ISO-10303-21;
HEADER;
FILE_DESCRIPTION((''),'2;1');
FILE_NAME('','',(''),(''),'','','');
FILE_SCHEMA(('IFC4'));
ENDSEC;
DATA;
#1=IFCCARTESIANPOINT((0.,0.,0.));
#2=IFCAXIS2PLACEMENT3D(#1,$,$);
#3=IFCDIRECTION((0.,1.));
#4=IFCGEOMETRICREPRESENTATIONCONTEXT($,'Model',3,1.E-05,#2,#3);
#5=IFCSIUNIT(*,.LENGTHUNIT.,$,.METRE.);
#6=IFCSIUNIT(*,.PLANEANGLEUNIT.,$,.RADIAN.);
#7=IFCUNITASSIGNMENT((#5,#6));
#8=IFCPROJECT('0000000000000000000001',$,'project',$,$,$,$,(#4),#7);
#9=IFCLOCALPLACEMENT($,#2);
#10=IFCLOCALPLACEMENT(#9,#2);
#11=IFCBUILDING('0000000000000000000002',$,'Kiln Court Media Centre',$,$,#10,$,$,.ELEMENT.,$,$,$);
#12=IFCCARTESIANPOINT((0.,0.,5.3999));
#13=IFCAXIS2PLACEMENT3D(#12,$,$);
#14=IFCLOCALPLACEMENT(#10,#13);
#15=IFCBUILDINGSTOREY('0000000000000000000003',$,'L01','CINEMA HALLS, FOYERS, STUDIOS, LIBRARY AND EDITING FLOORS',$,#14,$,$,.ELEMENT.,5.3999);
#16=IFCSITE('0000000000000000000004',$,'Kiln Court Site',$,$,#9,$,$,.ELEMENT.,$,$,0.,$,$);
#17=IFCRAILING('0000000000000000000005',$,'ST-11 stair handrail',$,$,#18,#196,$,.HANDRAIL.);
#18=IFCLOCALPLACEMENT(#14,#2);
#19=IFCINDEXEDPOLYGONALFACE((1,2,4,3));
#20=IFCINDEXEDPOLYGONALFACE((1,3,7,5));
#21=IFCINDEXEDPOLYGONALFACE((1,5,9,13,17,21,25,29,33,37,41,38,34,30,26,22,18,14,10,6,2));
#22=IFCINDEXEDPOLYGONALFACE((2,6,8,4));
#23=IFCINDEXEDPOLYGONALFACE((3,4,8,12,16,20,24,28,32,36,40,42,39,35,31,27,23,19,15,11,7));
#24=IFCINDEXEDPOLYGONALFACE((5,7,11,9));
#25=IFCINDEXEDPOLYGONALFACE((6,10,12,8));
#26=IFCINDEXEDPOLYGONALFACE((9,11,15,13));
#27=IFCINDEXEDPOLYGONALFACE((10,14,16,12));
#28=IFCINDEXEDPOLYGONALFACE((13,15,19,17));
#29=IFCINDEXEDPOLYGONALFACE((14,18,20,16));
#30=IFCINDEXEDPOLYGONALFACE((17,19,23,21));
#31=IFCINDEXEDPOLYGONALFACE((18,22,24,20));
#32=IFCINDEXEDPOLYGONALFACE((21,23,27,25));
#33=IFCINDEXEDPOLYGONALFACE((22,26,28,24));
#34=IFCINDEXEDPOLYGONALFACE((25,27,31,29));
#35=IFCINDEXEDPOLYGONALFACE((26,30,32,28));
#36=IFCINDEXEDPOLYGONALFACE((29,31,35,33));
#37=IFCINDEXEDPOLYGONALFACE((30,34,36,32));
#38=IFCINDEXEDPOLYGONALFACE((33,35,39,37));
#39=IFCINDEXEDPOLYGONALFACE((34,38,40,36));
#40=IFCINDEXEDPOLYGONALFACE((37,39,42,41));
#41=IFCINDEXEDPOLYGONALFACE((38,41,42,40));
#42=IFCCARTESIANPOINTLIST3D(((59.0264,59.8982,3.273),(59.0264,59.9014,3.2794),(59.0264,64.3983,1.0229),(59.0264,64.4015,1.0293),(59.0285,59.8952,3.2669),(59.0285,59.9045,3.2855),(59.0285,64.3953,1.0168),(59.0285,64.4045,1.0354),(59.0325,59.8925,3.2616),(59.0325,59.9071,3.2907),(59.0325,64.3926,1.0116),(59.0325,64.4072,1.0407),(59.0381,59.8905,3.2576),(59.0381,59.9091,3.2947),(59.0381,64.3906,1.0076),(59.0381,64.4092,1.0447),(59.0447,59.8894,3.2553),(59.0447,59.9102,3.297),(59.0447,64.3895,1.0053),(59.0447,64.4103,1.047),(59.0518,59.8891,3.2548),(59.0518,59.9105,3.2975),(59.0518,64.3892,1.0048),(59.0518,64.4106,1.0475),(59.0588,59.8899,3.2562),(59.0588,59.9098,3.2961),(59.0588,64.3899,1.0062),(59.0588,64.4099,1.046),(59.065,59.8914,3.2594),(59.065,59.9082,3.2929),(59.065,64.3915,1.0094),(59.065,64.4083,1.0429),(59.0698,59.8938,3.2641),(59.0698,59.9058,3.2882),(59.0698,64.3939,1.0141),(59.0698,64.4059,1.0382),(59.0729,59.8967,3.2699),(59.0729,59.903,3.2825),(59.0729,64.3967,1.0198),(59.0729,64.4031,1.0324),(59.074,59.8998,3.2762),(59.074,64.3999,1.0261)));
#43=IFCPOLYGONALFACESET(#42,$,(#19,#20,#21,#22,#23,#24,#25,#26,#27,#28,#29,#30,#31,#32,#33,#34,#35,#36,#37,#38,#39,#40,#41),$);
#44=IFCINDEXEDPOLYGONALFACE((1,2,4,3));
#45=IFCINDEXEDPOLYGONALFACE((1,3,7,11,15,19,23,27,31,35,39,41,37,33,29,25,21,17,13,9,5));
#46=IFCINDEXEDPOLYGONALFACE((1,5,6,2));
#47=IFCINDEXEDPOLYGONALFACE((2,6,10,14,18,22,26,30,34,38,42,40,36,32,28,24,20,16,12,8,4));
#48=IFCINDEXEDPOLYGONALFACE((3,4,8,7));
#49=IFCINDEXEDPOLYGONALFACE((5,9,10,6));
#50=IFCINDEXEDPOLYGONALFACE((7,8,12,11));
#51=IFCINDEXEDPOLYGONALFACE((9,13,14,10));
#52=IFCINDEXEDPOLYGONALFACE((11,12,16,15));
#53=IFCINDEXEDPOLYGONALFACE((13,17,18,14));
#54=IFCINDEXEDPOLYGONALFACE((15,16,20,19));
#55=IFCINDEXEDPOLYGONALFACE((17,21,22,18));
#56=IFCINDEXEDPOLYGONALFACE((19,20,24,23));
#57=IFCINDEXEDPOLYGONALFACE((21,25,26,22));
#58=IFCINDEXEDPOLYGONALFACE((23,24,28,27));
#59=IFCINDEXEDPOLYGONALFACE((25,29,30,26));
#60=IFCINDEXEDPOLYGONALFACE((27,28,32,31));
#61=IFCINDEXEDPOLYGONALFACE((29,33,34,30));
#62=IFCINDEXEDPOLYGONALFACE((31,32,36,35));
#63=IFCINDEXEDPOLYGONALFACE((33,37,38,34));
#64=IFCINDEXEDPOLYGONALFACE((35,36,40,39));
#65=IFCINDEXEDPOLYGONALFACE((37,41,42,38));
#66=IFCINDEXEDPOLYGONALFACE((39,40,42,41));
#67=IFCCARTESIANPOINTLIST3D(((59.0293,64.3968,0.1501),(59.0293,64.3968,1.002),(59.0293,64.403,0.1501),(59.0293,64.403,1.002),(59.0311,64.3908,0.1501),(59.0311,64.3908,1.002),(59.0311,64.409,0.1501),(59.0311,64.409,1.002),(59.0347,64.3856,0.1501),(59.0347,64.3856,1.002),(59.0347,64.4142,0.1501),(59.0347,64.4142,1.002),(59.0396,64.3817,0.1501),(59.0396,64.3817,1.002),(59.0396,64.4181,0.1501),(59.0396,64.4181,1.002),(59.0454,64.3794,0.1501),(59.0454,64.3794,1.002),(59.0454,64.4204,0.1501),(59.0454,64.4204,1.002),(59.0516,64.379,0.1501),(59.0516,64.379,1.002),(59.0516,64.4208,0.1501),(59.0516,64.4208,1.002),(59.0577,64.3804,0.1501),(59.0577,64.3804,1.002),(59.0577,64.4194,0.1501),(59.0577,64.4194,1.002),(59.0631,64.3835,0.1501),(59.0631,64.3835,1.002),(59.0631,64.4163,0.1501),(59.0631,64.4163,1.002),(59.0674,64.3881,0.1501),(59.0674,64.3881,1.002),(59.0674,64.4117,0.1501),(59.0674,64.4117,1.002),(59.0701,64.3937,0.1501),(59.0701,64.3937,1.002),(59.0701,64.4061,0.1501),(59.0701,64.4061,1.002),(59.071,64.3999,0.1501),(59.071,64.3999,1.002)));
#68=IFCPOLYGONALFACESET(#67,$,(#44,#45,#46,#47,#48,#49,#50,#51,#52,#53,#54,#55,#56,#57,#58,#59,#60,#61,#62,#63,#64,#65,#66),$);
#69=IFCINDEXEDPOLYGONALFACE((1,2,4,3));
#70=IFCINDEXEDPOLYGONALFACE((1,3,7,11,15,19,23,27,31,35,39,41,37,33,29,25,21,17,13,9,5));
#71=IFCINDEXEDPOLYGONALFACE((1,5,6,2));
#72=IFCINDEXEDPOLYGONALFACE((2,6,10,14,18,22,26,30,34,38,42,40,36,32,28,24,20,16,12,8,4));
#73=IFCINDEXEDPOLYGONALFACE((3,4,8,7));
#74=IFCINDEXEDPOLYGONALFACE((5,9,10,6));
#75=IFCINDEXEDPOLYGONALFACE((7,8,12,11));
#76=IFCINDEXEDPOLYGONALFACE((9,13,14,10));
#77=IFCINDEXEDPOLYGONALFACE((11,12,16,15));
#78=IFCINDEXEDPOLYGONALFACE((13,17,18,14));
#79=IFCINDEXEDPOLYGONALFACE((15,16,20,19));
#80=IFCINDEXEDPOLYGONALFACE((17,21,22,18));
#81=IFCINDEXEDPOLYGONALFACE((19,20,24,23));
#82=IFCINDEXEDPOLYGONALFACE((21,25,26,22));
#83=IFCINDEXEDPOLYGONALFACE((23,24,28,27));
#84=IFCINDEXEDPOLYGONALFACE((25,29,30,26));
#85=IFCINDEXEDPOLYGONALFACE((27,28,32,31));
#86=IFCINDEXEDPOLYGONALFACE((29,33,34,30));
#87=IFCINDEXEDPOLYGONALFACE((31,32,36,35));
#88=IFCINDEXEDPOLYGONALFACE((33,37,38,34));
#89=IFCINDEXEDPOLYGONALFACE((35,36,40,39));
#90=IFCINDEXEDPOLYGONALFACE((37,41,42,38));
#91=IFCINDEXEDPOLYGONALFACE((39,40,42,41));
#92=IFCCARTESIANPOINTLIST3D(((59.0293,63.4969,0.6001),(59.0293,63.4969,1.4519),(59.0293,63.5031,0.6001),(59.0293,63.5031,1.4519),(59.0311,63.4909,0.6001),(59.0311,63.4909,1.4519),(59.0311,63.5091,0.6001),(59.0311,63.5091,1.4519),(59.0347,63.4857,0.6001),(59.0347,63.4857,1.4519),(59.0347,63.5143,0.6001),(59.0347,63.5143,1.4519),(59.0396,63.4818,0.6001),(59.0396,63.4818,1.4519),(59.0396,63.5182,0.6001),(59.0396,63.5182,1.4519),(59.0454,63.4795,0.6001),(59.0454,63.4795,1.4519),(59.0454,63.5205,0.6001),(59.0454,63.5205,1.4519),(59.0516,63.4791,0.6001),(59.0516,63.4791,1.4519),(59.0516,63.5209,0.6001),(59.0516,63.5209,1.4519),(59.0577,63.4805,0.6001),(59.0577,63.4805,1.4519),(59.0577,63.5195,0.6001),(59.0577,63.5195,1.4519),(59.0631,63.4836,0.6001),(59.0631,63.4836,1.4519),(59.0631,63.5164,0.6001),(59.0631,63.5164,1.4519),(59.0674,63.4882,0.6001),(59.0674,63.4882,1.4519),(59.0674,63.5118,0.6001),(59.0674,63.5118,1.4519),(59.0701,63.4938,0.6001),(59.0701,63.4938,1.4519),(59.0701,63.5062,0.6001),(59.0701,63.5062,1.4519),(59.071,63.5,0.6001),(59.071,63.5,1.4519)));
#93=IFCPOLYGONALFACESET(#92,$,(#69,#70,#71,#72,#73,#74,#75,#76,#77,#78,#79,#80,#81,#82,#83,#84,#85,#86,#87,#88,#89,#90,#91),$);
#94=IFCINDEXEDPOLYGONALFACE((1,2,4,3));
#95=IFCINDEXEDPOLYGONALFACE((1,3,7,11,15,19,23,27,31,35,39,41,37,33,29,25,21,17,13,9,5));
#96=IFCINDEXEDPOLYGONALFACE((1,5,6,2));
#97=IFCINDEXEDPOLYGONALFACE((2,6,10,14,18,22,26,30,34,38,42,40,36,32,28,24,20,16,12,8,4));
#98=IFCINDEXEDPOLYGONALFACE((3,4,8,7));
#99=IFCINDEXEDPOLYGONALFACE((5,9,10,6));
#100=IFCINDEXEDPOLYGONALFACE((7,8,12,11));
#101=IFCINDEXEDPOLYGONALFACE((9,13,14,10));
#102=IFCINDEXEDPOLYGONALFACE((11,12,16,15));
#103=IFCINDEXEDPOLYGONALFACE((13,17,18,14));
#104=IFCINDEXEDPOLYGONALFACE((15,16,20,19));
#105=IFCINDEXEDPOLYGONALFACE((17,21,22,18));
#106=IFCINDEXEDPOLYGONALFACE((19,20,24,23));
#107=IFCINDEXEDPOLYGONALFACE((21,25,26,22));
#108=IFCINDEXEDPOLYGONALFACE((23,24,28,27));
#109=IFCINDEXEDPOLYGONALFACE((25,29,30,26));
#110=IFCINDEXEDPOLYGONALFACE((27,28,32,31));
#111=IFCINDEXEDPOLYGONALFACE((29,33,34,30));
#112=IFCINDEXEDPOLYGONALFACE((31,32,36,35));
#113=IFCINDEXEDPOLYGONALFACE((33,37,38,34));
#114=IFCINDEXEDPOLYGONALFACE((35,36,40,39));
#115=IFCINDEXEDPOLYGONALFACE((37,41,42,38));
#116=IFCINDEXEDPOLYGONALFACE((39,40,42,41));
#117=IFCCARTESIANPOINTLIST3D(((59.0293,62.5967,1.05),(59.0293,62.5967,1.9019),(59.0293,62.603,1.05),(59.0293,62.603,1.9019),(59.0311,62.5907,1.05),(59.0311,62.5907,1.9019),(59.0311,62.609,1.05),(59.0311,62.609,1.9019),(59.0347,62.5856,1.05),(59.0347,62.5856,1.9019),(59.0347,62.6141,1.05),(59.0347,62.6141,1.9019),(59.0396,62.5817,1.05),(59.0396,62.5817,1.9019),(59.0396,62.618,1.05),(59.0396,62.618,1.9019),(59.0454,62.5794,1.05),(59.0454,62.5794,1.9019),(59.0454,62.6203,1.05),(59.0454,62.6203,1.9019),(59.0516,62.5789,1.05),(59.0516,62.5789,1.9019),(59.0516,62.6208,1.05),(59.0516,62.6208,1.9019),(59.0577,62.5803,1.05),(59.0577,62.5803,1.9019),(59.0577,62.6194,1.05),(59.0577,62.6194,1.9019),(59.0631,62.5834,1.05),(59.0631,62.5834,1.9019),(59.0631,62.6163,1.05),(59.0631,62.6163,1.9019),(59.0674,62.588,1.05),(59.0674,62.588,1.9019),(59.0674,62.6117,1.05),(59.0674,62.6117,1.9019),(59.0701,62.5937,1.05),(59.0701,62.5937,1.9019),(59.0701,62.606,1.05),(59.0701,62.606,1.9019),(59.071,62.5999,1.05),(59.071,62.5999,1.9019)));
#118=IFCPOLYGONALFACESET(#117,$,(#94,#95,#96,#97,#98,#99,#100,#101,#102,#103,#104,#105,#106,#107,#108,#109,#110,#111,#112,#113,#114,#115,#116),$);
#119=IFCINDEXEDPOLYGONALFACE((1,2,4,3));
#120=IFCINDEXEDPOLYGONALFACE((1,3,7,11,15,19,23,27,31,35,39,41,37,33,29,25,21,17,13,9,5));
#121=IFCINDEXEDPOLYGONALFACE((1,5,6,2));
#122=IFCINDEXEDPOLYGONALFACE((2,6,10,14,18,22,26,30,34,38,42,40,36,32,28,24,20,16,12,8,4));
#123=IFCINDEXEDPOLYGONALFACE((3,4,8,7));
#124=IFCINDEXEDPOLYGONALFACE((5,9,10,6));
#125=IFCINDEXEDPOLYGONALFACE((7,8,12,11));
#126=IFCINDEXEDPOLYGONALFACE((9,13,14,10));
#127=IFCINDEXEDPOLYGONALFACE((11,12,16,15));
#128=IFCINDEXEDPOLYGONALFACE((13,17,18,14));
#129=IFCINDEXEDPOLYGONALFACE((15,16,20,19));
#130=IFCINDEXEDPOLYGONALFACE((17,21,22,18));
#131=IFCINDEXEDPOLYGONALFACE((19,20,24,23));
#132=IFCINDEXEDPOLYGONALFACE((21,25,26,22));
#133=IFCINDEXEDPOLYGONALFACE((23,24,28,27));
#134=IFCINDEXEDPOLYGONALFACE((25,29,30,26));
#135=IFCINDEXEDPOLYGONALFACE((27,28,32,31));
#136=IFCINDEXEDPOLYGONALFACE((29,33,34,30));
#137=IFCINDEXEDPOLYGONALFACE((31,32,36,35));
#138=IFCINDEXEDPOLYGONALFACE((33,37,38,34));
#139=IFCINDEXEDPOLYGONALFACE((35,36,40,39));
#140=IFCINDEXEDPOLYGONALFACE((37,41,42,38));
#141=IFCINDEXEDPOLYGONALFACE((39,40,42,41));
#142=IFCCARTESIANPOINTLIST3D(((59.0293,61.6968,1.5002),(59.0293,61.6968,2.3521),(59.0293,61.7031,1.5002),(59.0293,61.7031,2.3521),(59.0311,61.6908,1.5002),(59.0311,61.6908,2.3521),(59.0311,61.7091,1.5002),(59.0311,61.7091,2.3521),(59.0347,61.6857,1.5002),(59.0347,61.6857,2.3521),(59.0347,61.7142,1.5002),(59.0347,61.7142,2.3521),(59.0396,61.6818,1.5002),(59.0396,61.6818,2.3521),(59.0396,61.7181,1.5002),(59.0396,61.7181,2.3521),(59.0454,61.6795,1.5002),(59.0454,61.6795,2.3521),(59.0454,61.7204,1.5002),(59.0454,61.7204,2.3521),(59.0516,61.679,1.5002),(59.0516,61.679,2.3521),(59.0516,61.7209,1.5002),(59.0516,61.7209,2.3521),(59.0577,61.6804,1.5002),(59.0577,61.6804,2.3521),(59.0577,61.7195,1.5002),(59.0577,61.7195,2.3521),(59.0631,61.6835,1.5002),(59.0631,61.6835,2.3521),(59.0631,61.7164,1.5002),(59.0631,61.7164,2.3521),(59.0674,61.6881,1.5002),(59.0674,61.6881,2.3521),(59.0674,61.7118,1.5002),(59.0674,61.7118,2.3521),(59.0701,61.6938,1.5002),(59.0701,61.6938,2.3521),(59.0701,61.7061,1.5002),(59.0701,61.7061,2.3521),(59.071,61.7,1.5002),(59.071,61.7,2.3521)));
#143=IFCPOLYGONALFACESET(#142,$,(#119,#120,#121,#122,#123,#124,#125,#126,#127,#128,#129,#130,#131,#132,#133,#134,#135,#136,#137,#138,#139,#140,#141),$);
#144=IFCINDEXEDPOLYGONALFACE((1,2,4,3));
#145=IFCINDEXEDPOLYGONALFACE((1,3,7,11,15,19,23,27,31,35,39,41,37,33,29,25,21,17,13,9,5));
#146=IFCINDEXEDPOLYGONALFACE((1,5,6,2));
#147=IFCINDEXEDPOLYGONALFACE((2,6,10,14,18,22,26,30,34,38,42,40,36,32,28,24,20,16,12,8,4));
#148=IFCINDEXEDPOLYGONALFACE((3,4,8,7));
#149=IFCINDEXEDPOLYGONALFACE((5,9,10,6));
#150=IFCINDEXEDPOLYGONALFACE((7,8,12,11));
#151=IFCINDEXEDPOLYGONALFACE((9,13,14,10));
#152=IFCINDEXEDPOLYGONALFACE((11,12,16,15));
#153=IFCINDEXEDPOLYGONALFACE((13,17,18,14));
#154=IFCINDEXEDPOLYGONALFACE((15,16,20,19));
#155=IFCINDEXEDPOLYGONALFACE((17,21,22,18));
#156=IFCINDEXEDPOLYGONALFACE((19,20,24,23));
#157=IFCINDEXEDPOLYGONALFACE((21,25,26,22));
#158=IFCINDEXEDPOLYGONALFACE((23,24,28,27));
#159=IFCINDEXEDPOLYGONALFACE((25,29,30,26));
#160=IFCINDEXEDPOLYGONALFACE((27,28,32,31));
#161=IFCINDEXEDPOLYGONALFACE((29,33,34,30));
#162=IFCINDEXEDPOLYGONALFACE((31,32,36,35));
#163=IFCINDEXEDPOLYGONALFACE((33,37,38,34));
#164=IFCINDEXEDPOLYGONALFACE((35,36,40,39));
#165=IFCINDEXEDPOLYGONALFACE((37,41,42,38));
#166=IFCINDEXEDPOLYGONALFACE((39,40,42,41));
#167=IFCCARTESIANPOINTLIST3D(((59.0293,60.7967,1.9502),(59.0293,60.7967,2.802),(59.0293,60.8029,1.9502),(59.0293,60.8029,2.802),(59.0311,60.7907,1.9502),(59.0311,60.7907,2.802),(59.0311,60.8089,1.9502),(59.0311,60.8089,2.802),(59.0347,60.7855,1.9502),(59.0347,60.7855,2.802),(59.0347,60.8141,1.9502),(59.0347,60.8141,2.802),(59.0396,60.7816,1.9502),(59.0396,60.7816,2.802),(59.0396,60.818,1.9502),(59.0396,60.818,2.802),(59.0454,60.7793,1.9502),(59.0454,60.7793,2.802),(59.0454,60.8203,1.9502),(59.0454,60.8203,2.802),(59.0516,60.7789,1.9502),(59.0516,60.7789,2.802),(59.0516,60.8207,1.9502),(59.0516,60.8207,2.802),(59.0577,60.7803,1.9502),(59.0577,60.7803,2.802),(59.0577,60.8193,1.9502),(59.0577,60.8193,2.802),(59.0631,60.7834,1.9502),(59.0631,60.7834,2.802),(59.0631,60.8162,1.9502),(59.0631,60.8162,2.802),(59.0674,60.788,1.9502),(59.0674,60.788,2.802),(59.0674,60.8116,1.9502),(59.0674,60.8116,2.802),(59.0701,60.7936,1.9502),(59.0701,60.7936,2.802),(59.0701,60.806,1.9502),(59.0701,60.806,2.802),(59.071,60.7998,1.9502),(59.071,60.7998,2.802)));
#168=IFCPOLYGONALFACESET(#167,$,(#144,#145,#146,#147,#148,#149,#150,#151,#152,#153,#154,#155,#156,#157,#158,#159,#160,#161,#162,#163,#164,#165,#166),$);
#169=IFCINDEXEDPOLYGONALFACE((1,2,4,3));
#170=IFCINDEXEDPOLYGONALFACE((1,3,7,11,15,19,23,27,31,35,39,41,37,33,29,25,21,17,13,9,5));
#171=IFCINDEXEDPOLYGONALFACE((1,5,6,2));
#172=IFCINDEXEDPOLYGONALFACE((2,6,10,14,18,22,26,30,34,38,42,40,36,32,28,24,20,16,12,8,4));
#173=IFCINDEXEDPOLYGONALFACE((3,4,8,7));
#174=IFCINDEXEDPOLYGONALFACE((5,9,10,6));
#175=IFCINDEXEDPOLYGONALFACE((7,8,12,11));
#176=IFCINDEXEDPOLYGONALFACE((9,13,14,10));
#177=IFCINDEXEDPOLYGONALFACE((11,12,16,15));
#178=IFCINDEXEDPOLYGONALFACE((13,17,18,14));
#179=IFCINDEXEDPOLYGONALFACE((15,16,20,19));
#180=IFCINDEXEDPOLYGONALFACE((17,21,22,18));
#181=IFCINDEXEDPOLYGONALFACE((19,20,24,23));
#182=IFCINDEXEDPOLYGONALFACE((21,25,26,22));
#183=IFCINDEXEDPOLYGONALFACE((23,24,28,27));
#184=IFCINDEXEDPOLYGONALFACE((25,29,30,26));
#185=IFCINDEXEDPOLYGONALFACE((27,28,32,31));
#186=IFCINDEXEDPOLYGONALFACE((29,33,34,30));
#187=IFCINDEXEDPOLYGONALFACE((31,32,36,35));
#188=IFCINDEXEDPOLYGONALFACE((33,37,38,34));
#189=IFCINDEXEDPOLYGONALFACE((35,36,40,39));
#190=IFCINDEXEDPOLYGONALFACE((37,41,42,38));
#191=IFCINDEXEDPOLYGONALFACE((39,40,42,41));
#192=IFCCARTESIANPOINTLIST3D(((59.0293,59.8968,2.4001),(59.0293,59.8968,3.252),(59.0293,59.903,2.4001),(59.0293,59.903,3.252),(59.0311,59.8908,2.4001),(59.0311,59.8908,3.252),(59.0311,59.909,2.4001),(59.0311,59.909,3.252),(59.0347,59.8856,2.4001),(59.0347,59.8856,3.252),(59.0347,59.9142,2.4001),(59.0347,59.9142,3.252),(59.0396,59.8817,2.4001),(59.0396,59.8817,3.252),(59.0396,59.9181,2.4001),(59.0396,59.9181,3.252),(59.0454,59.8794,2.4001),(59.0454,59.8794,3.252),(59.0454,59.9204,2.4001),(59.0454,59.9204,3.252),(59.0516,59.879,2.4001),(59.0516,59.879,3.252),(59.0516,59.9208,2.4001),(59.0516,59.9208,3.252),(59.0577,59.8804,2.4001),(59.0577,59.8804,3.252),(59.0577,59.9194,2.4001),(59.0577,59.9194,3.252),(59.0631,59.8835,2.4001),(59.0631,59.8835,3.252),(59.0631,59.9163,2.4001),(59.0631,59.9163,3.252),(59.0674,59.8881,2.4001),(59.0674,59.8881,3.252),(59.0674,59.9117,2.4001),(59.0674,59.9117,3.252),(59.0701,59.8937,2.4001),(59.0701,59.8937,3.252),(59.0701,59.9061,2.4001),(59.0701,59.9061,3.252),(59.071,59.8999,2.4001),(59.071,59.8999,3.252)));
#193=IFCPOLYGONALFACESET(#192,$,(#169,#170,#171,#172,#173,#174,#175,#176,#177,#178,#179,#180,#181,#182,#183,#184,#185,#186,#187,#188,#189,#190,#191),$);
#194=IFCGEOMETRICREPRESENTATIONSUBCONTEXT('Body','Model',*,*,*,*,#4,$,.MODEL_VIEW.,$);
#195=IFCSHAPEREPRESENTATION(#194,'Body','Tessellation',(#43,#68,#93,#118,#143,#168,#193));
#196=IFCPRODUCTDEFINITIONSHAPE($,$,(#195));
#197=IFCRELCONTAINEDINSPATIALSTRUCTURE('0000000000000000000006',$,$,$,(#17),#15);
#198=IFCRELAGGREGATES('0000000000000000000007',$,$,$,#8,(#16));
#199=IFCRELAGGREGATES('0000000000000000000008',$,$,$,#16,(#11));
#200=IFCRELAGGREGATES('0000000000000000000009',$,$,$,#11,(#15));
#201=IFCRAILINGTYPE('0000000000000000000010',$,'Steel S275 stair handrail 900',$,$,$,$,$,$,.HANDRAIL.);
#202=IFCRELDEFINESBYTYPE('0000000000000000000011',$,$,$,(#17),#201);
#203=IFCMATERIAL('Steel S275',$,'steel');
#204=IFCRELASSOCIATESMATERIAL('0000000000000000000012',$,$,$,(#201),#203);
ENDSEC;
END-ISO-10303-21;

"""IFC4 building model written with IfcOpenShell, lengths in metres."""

from ifc_helpers import new_model, si_unit, direction, frame, origin, origin_2d, place, context, subcontext, project, spatial, circle, extrude, material, type_object, element, save


model = new_model("IFC4")

# Units and contexts
model_context = context("Model", 3, precision=1e-05, world=origin(), true_north=direction((0.0, 1.0)))
body_context = subcontext(model_context, "Body", "Model", "MODEL_VIEW")
ifc_project = project(units=[si_unit("LENGTHUNIT", "METRE"), si_unit("PLANEANGLEUNIT", "RADIAN")], contexts=[model_context])

# Site, building, storey
site_placement = place(None, origin())
site = spatial("IfcSite", under=ifc_project, at=site_placement, Name="Kiln Court Site", CompositionType="ELEMENT", RefElevation=0.0)
building_placement = place(site_placement, origin())
building = spatial("IfcBuilding", under=site, at=building_placement, Name="Kiln Court Media Centre", CompositionType="ELEMENT")
storey_placement = place(building_placement, frame((0.0, 0.0, 5.3999)))
storey = spatial("IfcBuildingStorey", under=building, at=storey_placement, Name="L01", Description="CINEMA HALLS, FOYERS, STUDIOS, LIBRARY AND EDITING FLOORS", CompositionType="ELEMENT", Elevation=5.3999)

# Railing
ifc_material_1 = material(Name="Steel S275", Category="steel")
railing_type_1 = type_object("IfcRailingType", Name="Steel S275 stair handrail 900", PredefinedType="HANDRAIL", material=ifc_material_1)
railing_1_placement = place(storey_placement, frame((59.05, 64.3999, 0.1501)))
element("IfcRailing", 1, at=railing_1_placement, inside=storey, type_object=railing_type_1, Name="ST-11 stair handrail", PredefinedType="HANDRAIL", context=body_context, shape_type="SweptSolid", body=[
    extrude(circle(Radius=0.0239, at=origin_2d()), frame((0.0, 0.0, 0.876), z_axis=(0.0, -0.894427, 0.447214), x_axis=(1.0, 0.0, 0.0)), (0.0, 0.0, 1.0), 5.0312),
    extrude(circle(Radius=0.021, at=origin_2d()), origin(), (0.0, 0.0, 1.0), 0.8518),
    extrude(circle(Radius=0.021, at=origin_2d()), frame((0.0, -0.8999, 0.45)), (0.0, 0.0, 1.0), 0.8518),
    extrude(circle(Radius=0.021, at=origin_2d()), frame((0.0, -1.8, 0.8999)), (0.0, 0.0, 1.0), 0.8518),
    extrude(circle(Radius=0.021, at=origin_2d()), frame((0.0, -2.7, 1.3501)), (0.0, 0.0, 1.0), 0.8518),
    extrude(circle(Radius=0.021, at=origin_2d()), frame((0.0, -3.6001, 1.8)), (0.0, 0.0, 1.0), 0.8518),
    extrude(circle(Radius=0.021, at=origin_2d()), frame((0.0, -4.5, 2.25)), (0.0, 0.0, 1.0), 0.8518),
])

save(model, "model.ifc")
